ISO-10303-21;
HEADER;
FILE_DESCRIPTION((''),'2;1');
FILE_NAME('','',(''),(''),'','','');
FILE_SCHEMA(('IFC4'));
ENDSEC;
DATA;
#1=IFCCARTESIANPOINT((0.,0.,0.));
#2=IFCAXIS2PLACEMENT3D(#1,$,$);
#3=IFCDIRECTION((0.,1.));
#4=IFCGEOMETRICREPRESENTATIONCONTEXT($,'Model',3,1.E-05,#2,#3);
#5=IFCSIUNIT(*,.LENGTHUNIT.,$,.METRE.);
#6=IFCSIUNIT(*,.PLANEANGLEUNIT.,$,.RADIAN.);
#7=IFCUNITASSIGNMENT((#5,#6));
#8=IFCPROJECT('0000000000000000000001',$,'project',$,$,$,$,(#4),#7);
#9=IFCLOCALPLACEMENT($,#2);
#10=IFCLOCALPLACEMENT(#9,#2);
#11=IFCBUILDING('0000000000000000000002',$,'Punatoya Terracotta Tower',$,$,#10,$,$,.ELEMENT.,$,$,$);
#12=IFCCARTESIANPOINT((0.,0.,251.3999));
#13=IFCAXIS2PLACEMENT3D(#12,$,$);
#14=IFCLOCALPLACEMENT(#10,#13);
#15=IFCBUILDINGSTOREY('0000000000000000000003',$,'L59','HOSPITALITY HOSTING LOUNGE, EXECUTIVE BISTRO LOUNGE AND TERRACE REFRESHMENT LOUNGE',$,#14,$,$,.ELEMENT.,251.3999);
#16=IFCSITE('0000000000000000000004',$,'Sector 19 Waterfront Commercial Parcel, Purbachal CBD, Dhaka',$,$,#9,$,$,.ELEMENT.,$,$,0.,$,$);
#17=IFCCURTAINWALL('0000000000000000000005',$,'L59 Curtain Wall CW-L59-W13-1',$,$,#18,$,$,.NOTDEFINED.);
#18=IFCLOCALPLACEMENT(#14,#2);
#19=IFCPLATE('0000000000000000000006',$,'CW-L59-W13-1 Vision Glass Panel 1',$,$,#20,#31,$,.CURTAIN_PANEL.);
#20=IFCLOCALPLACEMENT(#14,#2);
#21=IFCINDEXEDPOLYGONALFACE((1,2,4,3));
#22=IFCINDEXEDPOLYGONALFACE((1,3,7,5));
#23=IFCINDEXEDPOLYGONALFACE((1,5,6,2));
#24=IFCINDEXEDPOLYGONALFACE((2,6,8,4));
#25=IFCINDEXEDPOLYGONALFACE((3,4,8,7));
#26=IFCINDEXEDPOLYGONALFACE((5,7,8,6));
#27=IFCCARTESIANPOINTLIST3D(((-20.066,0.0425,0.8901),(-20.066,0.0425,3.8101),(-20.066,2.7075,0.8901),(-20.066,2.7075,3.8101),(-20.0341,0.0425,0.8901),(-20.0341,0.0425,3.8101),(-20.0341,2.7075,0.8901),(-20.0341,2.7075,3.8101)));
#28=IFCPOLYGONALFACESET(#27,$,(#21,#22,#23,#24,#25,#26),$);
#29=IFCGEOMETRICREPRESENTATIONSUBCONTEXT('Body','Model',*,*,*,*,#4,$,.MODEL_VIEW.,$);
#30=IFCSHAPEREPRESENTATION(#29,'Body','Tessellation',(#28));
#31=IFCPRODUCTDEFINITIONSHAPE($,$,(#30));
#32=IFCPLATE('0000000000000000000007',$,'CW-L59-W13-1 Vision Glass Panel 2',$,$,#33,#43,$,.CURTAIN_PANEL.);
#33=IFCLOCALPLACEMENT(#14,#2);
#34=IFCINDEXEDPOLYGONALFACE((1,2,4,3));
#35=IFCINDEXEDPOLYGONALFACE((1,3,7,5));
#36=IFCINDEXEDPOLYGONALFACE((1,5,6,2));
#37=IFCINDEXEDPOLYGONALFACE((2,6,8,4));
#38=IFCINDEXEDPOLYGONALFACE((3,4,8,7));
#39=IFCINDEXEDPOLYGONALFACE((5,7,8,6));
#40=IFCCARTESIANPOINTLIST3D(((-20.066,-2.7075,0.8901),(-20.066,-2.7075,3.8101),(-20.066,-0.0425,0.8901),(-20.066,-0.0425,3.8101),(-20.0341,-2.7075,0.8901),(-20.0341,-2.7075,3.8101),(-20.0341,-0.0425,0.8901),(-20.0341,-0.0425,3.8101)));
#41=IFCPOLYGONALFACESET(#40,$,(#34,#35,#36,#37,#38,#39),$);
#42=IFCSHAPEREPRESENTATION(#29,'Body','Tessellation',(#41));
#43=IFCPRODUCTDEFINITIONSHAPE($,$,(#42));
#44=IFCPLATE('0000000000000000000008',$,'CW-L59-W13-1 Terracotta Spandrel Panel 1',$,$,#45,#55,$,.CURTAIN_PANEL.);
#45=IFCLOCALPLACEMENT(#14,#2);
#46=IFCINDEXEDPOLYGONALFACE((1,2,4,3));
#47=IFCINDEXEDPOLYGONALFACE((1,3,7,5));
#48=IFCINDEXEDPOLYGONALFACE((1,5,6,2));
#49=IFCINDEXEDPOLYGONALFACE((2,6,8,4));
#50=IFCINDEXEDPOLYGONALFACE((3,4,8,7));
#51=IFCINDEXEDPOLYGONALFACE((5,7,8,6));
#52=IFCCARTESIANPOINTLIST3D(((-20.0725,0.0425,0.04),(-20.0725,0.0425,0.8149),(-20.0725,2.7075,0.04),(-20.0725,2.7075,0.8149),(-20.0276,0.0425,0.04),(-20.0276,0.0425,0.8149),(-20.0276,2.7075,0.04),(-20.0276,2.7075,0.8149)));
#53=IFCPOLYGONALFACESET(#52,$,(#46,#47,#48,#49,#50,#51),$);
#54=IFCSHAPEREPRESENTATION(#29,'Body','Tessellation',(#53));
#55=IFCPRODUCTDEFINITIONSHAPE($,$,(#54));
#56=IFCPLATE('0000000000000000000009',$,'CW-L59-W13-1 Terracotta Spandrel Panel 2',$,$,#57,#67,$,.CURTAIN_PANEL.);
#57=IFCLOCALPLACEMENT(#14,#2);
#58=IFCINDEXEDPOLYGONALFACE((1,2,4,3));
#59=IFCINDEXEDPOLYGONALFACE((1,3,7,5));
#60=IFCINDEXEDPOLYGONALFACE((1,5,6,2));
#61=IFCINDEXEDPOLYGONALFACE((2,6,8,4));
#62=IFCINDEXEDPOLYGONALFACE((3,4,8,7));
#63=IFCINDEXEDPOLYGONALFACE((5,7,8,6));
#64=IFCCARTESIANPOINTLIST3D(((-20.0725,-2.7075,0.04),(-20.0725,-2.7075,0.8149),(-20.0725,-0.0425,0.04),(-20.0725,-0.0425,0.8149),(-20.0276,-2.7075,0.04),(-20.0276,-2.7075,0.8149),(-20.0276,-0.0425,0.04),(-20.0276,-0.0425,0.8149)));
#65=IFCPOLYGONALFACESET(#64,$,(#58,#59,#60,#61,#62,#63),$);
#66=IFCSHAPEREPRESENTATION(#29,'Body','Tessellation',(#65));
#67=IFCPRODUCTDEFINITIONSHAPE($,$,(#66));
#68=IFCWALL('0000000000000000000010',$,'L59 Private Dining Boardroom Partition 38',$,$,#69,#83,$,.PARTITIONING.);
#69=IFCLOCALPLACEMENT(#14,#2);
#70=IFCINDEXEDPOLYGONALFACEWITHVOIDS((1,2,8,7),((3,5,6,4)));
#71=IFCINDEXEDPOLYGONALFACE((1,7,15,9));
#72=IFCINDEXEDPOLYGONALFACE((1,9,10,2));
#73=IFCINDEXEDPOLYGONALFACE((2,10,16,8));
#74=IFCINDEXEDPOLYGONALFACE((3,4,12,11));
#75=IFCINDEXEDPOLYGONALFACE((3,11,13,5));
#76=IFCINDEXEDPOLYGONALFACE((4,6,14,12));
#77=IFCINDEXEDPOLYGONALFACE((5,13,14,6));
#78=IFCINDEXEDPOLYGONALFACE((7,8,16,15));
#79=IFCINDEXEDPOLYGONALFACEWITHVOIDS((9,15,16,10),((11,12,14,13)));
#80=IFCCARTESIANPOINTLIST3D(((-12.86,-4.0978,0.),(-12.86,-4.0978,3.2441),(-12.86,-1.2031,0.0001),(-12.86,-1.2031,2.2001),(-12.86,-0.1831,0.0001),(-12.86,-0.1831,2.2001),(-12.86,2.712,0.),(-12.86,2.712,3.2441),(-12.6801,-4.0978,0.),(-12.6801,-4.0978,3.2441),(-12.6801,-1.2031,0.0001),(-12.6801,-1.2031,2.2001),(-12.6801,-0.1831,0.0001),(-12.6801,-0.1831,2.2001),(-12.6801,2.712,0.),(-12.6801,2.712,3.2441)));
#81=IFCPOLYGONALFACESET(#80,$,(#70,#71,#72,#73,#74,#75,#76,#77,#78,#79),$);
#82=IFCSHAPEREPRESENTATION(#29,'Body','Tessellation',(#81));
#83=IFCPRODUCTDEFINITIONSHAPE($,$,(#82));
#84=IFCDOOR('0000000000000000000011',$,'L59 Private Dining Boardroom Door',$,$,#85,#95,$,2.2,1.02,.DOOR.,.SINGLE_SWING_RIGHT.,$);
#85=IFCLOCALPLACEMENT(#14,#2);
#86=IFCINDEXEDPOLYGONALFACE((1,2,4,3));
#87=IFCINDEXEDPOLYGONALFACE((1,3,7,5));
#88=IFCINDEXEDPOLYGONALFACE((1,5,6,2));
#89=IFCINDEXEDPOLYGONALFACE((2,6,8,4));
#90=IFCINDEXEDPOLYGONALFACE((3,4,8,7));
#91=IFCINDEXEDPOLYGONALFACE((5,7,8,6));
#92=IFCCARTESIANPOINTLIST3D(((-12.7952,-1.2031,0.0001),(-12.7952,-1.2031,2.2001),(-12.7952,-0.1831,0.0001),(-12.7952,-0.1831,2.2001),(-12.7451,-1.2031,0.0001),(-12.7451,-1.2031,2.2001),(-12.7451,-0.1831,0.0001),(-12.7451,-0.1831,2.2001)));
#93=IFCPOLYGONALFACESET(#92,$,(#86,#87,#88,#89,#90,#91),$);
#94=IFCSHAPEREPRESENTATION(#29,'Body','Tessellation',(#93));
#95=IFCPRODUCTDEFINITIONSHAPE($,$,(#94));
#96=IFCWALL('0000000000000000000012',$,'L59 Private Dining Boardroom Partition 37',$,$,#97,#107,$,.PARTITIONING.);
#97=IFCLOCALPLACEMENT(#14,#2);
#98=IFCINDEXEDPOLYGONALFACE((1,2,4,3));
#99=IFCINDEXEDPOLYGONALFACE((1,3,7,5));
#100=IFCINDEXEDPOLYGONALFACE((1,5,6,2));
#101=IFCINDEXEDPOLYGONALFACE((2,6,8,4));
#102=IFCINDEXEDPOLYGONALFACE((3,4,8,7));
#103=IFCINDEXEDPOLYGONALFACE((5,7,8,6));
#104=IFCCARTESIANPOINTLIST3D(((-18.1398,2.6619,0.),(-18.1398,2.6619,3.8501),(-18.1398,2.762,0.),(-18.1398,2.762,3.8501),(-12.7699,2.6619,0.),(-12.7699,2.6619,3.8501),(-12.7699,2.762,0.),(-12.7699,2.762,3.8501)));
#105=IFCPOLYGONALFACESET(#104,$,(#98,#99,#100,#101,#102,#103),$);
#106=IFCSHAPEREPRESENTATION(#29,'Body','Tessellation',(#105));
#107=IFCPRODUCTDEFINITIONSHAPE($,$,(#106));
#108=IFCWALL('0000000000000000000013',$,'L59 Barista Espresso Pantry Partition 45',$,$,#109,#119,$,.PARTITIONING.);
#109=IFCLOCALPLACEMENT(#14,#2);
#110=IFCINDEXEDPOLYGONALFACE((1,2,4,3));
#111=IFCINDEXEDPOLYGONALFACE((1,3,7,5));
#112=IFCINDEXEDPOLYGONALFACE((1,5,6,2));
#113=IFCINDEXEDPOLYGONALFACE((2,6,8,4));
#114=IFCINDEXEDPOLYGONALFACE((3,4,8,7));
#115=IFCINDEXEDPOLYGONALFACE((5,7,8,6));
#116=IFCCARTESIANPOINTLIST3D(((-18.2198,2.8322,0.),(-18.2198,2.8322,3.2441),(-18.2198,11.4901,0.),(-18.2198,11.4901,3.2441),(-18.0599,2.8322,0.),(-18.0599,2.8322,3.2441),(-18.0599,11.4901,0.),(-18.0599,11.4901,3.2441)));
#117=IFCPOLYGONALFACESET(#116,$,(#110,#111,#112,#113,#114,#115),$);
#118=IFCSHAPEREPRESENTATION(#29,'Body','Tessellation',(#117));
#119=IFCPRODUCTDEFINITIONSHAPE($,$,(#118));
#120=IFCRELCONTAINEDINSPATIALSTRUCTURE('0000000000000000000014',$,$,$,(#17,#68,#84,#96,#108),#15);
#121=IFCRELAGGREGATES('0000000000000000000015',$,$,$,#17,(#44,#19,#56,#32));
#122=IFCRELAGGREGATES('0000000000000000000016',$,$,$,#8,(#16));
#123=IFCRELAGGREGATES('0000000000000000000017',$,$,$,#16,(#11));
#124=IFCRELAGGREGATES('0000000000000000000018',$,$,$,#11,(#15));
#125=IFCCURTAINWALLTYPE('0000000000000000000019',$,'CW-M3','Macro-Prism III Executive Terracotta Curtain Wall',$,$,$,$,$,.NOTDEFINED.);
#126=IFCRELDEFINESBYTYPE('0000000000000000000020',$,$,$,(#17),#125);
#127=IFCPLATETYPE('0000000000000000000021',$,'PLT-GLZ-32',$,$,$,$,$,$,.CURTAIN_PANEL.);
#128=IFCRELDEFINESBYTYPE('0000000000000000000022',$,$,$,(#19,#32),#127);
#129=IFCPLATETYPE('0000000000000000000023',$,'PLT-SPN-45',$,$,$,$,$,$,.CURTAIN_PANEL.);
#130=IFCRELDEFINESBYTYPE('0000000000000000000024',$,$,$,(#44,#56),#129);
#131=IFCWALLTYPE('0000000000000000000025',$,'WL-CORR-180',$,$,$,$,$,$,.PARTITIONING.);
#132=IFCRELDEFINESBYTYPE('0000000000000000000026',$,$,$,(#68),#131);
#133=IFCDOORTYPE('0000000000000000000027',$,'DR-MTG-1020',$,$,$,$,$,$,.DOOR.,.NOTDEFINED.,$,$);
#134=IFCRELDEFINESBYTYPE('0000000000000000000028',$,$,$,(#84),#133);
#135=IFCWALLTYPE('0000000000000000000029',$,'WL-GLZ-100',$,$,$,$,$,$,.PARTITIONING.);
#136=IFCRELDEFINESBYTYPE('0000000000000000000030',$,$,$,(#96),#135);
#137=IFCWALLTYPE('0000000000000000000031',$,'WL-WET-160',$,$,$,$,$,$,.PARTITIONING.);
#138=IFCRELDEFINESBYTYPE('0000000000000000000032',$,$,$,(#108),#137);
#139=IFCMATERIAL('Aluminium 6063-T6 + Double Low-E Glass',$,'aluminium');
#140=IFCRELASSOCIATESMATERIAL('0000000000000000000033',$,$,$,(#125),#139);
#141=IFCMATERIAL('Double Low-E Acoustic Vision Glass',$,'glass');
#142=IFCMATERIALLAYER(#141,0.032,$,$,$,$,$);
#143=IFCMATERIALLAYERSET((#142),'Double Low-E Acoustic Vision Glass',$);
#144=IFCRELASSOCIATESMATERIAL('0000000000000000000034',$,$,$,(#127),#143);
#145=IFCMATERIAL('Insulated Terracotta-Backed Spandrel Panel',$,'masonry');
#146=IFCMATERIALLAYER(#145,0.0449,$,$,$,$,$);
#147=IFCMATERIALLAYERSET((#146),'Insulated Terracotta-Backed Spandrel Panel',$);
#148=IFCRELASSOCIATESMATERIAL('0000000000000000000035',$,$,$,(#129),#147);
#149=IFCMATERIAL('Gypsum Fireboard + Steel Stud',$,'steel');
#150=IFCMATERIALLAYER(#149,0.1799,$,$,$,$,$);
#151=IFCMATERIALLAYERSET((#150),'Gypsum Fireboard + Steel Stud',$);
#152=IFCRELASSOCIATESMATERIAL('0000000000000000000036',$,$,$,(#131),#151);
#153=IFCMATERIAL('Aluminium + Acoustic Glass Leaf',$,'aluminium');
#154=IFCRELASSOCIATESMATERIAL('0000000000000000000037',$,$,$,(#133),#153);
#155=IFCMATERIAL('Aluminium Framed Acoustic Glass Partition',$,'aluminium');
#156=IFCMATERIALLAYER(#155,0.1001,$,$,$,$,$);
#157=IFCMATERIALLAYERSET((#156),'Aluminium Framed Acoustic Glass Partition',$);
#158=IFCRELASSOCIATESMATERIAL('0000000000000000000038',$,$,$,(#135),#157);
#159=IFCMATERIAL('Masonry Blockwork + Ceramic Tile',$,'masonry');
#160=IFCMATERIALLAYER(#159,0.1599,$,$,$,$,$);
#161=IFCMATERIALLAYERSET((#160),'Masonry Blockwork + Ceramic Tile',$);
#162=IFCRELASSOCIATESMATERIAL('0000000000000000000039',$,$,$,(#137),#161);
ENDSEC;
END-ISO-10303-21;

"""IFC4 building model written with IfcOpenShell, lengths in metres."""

from ifc_helpers import new_model, si_unit, direction, frame, frame_2d, origin, origin_2d, place, context, subcontext, project, spatial, rectangle, extrude, material, layer, layer_set, type_object, element, fill, aggregate, save


model = new_model("IFC4")

# Units and contexts
model_context = context("Model", 3, precision=1e-05, world=origin(), true_north=direction((0.0, 1.0)))
body_context = subcontext(model_context, "Body", "Model", "MODEL_VIEW")
ifc_project = project(units=[si_unit("LENGTHUNIT", "METRE"), si_unit("PLANEANGLEUNIT", "RADIAN")], contexts=[model_context])

# Site, building, storey
site_placement = place(None, origin())
site = spatial("IfcSite", under=ifc_project, at=site_placement, Name="Sector 19 Waterfront Commercial Parcel, Purbachal CBD, Dhaka", CompositionType="ELEMENT", RefElevation=0.0)
building_placement = place(site_placement, origin())
building = spatial("IfcBuilding", under=site, at=building_placement, Name="Punatoya Terracotta Tower", CompositionType="ELEMENT")
storey_placement = place(building_placement, frame((0.0, 0.0, 251.3999)))
storey = spatial("IfcBuildingStorey", under=building, at=storey_placement, Name="L59", Description="HOSPITALITY HOSTING LOUNGE, EXECUTIVE BISTRO LOUNGE AND TERRACE REFRESHMENT LOUNGE", CompositionType="ELEMENT", Elevation=251.3999)

# Curtain wall
ifc_material_1 = material(Name="Aluminium 6063-T6 + Double Low-E Glass", Category="aluminium")
curtain_wall_type = type_object("IfcCurtainWallType", Name="CW-M3", Description="Macro-Prism III Executive Terracotta Curtain Wall", PredefinedType="NOTDEFINED", material=ifc_material_1)
curtain_wall_placement = place(storey_placement, origin())
curtain_wall = element("IfcCurtainWall", 1, at=curtain_wall_placement, inside=storey, type_object=curtain_wall_type, Name="L59 Curtain Wall CW-L59-W13-1", PredefinedType="NOTDEFINED")

# Plates
ifc_material_2 = material(Name="Double Low-E Acoustic Vision Glass", Category="glass")
ifc_layer_1 = layer(ifc_material_2, 0.032)
ifc_layer_set_1 = layer_set([ifc_layer_1], Name="Double Low-E Acoustic Vision Glass")
plate_type_1 = type_object("IfcPlateType", Name="PLT-GLZ-32", PredefinedType="CURTAIN_PANEL", material=ifc_layer_set_1)
plate_1_placement = place(storey_placement, frame((-20.05, 1.375, 0.8901), z_axis=(0.0, 0.0, 1.0), x_axis=(0.0, -1.0, 0.0)))
plate_1 = element("IfcPlate", 2, at=plate_1_placement, type_object=plate_type_1, Name="CW-L59-W13-1 Vision Glass Panel 1", PredefinedType="CURTAIN_PANEL", context=body_context, shape_type="SweptSolid", body=[
    extrude(rectangle(XDim=2.665, YDim=0.032, at=origin_2d()), origin(), (0.0, 0.0, 1.0), 2.9199),
])
plate_2_placement = place(storey_placement, frame((-20.05, -1.375, 0.8901), z_axis=(0.0, 0.0, 1.0), x_axis=(0.0, -1.0, 0.0)))
plate_2 = element("IfcPlate", 3, at=plate_2_placement, type_object=plate_type_1, Name="CW-L59-W13-1 Vision Glass Panel 2", PredefinedType="CURTAIN_PANEL", context=body_context, shape_type="SweptSolid", body=[
    extrude(rectangle(XDim=2.665, YDim=0.032, at=origin_2d()), origin(), (0.0, 0.0, 1.0), 2.9199),
])
ifc_material_3 = material(Name="Insulated Terracotta-Backed Spandrel Panel", Category="masonry")
ifc_layer_2 = layer(ifc_material_3, 0.0449)
ifc_layer_set_2 = layer_set([ifc_layer_2], Name="Insulated Terracotta-Backed Spandrel Panel")
plate_type_2 = type_object("IfcPlateType", Name="PLT-SPN-45", PredefinedType="CURTAIN_PANEL", material=ifc_layer_set_2)
plate_3_placement = place(storey_placement, frame((-20.05, 1.375, 0.04), z_axis=(0.0, 0.0, 1.0), x_axis=(0.0, -1.0, 0.0)))
plate_3 = element("IfcPlate", 4, at=plate_3_placement, type_object=plate_type_2, Name="CW-L59-W13-1 Terracotta Spandrel Panel 1", PredefinedType="CURTAIN_PANEL", context=body_context, shape_type="SweptSolid", body=[
    extrude(rectangle(XDim=2.665, YDim=0.0449, at=origin_2d()), origin(), (0.0, 0.0, 1.0), 0.7749),
])
plate_4_placement = place(storey_placement, frame((-20.05, -1.375, 0.04), z_axis=(0.0, 0.0, 1.0), x_axis=(0.0, -1.0, 0.0)))
plate_4 = element("IfcPlate", 5, at=plate_4_placement, type_object=plate_type_2, Name="CW-L59-W13-1 Terracotta Spandrel Panel 2", PredefinedType="CURTAIN_PANEL", context=body_context, shape_type="SweptSolid", body=[
    extrude(rectangle(XDim=2.665, YDim=0.0449, at=origin_2d()), origin(), (0.0, 0.0, 1.0), 0.7749),
])
aggregate(curtain_wall, [plate_3, plate_1, plate_4, plate_2])

# Wall, opening, door
ifc_material_4 = material(Name="Gypsum Fireboard + Steel Stud", Category="steel")
ifc_layer_3 = layer(ifc_material_4, 0.1799)
ifc_layer_set_3 = layer_set([ifc_layer_3], Name="Gypsum Fireboard + Steel Stud")
wall_type_1 = type_object("IfcWallType", Name="WL-CORR-180", PredefinedType="PARTITIONING", material=ifc_layer_set_3)
wall_1_placement = place(storey_placement, frame((-12.77, 2.7119, 0.0), z_axis=(0.0, 0.0, 1.0), x_axis=(0.0, -1.0, 0.0)))
wall_1 = element("IfcWall", 6, at=wall_1_placement, inside=storey, type_object=wall_type_1, Name="L59 Private Dining Boardroom Partition 38", PredefinedType="PARTITIONING", context=body_context, shape_type="SweptSolid", body=[
    extrude(rectangle(XDim=6.8098, YDim=0.1799, at=frame_2d((3.4048, 0.0))), origin(), (0.0, 0.0, 1.0), 3.2441),
])
opening_placement = place(wall_1_placement, frame((2.895, 0.0, 0.0)))
opening = element("IfcOpeningElement", 7, at=opening_placement, cuts=wall_1, PredefinedType="OPENING", context=body_context, shape_type="SweptSolid", body=[
    extrude(rectangle(XDim=1.02, YDim=2.2, at=frame_2d((0.51, 1.1001))), frame((0.0, 0.0999, 0.0), z_axis=(0.0, -1.0, 0.0), x_axis=(1.0, 0.0, 0.0)), (0.0, 0.0, 1.0), 0.2),
])
ifc_material_5 = material(Name="Aluminium + Acoustic Glass Leaf", Category="aluminium")
door_type = type_object("IfcDoorType", Name="DR-MTG-1020", OperationType="NOTDEFINED", PredefinedType="DOOR", material=ifc_material_5)
door_placement = place(opening_placement, origin())
door = element("IfcDoor", 8, at=door_placement, inside=storey, type_object=door_type, Name="L59 Private Dining Boardroom Door", OperationType="SINGLE_SWING_RIGHT", OverallHeight=2.2, OverallWidth=1.02, PredefinedType="DOOR", context=body_context, shape_type="SweptSolid", body=[
    extrude(rectangle(XDim=1.02, YDim=2.2, at=frame_2d((0.51, 1.1001))), frame((0.0, 0.0249, 0.0), z_axis=(0.0, -1.0, 0.0), x_axis=(1.0, 0.0, 0.0)), (0.0, 0.0, 1.0), 0.05),
])
fill(opening, door)

# Walls
ifc_material_6 = material(Name="Aluminium Framed Acoustic Glass Partition", Category="aluminium")
ifc_layer_4 = layer(ifc_material_6, 0.1001)
ifc_layer_set_4 = layer_set([ifc_layer_4], Name="Aluminium Framed Acoustic Glass Partition")
wall_type_2 = type_object("IfcWallType", Name="WL-GLZ-100", PredefinedType="PARTITIONING", material=ifc_layer_set_4)
wall_2_placement = place(storey_placement, frame((-18.1399, 2.7119, 0.0), z_axis=(0.0, 0.0, 1.0), x_axis=(1.0, 0.0, 0.0)))
element("IfcWall", 9, at=wall_2_placement, inside=storey, type_object=wall_type_2, Name="L59 Private Dining Boardroom Partition 37", PredefinedType="PARTITIONING", context=body_context, shape_type="SweptSolid", body=[
    extrude(rectangle(XDim=5.3699, YDim=0.1001, at=frame_2d((2.6851, 0.0))), origin(), (0.0, 0.0, 1.0), 3.8501),
])
ifc_material_7 = material(Name="Masonry Blockwork + Ceramic Tile", Category="masonry")
ifc_layer_5 = layer(ifc_material_7, 0.1599)
ifc_layer_set_5 = layer_set([ifc_layer_5], Name="Masonry Blockwork + Ceramic Tile")
wall_type_3 = type_object("IfcWallType", Name="WL-WET-160", PredefinedType="PARTITIONING", material=ifc_layer_set_5)
wall_3_placement = place(storey_placement, frame((-18.1399, 2.832, 0.0), z_axis=(0.0, 0.0, 1.0), x_axis=(0.0, 1.0, 0.0)))
element("IfcWall", 10, at=wall_3_placement, inside=storey, type_object=wall_type_3, Name="L59 Barista Espresso Pantry Partition 45", PredefinedType="PARTITIONING", context=body_context, shape_type="SweptSolid", body=[
    extrude(rectangle(XDim=8.658, YDim=0.1599, at=frame_2d((4.3291, 0.0))), origin(), (0.0, 0.0, 1.0), 3.2441),
])

save(model, "model.ifc")
